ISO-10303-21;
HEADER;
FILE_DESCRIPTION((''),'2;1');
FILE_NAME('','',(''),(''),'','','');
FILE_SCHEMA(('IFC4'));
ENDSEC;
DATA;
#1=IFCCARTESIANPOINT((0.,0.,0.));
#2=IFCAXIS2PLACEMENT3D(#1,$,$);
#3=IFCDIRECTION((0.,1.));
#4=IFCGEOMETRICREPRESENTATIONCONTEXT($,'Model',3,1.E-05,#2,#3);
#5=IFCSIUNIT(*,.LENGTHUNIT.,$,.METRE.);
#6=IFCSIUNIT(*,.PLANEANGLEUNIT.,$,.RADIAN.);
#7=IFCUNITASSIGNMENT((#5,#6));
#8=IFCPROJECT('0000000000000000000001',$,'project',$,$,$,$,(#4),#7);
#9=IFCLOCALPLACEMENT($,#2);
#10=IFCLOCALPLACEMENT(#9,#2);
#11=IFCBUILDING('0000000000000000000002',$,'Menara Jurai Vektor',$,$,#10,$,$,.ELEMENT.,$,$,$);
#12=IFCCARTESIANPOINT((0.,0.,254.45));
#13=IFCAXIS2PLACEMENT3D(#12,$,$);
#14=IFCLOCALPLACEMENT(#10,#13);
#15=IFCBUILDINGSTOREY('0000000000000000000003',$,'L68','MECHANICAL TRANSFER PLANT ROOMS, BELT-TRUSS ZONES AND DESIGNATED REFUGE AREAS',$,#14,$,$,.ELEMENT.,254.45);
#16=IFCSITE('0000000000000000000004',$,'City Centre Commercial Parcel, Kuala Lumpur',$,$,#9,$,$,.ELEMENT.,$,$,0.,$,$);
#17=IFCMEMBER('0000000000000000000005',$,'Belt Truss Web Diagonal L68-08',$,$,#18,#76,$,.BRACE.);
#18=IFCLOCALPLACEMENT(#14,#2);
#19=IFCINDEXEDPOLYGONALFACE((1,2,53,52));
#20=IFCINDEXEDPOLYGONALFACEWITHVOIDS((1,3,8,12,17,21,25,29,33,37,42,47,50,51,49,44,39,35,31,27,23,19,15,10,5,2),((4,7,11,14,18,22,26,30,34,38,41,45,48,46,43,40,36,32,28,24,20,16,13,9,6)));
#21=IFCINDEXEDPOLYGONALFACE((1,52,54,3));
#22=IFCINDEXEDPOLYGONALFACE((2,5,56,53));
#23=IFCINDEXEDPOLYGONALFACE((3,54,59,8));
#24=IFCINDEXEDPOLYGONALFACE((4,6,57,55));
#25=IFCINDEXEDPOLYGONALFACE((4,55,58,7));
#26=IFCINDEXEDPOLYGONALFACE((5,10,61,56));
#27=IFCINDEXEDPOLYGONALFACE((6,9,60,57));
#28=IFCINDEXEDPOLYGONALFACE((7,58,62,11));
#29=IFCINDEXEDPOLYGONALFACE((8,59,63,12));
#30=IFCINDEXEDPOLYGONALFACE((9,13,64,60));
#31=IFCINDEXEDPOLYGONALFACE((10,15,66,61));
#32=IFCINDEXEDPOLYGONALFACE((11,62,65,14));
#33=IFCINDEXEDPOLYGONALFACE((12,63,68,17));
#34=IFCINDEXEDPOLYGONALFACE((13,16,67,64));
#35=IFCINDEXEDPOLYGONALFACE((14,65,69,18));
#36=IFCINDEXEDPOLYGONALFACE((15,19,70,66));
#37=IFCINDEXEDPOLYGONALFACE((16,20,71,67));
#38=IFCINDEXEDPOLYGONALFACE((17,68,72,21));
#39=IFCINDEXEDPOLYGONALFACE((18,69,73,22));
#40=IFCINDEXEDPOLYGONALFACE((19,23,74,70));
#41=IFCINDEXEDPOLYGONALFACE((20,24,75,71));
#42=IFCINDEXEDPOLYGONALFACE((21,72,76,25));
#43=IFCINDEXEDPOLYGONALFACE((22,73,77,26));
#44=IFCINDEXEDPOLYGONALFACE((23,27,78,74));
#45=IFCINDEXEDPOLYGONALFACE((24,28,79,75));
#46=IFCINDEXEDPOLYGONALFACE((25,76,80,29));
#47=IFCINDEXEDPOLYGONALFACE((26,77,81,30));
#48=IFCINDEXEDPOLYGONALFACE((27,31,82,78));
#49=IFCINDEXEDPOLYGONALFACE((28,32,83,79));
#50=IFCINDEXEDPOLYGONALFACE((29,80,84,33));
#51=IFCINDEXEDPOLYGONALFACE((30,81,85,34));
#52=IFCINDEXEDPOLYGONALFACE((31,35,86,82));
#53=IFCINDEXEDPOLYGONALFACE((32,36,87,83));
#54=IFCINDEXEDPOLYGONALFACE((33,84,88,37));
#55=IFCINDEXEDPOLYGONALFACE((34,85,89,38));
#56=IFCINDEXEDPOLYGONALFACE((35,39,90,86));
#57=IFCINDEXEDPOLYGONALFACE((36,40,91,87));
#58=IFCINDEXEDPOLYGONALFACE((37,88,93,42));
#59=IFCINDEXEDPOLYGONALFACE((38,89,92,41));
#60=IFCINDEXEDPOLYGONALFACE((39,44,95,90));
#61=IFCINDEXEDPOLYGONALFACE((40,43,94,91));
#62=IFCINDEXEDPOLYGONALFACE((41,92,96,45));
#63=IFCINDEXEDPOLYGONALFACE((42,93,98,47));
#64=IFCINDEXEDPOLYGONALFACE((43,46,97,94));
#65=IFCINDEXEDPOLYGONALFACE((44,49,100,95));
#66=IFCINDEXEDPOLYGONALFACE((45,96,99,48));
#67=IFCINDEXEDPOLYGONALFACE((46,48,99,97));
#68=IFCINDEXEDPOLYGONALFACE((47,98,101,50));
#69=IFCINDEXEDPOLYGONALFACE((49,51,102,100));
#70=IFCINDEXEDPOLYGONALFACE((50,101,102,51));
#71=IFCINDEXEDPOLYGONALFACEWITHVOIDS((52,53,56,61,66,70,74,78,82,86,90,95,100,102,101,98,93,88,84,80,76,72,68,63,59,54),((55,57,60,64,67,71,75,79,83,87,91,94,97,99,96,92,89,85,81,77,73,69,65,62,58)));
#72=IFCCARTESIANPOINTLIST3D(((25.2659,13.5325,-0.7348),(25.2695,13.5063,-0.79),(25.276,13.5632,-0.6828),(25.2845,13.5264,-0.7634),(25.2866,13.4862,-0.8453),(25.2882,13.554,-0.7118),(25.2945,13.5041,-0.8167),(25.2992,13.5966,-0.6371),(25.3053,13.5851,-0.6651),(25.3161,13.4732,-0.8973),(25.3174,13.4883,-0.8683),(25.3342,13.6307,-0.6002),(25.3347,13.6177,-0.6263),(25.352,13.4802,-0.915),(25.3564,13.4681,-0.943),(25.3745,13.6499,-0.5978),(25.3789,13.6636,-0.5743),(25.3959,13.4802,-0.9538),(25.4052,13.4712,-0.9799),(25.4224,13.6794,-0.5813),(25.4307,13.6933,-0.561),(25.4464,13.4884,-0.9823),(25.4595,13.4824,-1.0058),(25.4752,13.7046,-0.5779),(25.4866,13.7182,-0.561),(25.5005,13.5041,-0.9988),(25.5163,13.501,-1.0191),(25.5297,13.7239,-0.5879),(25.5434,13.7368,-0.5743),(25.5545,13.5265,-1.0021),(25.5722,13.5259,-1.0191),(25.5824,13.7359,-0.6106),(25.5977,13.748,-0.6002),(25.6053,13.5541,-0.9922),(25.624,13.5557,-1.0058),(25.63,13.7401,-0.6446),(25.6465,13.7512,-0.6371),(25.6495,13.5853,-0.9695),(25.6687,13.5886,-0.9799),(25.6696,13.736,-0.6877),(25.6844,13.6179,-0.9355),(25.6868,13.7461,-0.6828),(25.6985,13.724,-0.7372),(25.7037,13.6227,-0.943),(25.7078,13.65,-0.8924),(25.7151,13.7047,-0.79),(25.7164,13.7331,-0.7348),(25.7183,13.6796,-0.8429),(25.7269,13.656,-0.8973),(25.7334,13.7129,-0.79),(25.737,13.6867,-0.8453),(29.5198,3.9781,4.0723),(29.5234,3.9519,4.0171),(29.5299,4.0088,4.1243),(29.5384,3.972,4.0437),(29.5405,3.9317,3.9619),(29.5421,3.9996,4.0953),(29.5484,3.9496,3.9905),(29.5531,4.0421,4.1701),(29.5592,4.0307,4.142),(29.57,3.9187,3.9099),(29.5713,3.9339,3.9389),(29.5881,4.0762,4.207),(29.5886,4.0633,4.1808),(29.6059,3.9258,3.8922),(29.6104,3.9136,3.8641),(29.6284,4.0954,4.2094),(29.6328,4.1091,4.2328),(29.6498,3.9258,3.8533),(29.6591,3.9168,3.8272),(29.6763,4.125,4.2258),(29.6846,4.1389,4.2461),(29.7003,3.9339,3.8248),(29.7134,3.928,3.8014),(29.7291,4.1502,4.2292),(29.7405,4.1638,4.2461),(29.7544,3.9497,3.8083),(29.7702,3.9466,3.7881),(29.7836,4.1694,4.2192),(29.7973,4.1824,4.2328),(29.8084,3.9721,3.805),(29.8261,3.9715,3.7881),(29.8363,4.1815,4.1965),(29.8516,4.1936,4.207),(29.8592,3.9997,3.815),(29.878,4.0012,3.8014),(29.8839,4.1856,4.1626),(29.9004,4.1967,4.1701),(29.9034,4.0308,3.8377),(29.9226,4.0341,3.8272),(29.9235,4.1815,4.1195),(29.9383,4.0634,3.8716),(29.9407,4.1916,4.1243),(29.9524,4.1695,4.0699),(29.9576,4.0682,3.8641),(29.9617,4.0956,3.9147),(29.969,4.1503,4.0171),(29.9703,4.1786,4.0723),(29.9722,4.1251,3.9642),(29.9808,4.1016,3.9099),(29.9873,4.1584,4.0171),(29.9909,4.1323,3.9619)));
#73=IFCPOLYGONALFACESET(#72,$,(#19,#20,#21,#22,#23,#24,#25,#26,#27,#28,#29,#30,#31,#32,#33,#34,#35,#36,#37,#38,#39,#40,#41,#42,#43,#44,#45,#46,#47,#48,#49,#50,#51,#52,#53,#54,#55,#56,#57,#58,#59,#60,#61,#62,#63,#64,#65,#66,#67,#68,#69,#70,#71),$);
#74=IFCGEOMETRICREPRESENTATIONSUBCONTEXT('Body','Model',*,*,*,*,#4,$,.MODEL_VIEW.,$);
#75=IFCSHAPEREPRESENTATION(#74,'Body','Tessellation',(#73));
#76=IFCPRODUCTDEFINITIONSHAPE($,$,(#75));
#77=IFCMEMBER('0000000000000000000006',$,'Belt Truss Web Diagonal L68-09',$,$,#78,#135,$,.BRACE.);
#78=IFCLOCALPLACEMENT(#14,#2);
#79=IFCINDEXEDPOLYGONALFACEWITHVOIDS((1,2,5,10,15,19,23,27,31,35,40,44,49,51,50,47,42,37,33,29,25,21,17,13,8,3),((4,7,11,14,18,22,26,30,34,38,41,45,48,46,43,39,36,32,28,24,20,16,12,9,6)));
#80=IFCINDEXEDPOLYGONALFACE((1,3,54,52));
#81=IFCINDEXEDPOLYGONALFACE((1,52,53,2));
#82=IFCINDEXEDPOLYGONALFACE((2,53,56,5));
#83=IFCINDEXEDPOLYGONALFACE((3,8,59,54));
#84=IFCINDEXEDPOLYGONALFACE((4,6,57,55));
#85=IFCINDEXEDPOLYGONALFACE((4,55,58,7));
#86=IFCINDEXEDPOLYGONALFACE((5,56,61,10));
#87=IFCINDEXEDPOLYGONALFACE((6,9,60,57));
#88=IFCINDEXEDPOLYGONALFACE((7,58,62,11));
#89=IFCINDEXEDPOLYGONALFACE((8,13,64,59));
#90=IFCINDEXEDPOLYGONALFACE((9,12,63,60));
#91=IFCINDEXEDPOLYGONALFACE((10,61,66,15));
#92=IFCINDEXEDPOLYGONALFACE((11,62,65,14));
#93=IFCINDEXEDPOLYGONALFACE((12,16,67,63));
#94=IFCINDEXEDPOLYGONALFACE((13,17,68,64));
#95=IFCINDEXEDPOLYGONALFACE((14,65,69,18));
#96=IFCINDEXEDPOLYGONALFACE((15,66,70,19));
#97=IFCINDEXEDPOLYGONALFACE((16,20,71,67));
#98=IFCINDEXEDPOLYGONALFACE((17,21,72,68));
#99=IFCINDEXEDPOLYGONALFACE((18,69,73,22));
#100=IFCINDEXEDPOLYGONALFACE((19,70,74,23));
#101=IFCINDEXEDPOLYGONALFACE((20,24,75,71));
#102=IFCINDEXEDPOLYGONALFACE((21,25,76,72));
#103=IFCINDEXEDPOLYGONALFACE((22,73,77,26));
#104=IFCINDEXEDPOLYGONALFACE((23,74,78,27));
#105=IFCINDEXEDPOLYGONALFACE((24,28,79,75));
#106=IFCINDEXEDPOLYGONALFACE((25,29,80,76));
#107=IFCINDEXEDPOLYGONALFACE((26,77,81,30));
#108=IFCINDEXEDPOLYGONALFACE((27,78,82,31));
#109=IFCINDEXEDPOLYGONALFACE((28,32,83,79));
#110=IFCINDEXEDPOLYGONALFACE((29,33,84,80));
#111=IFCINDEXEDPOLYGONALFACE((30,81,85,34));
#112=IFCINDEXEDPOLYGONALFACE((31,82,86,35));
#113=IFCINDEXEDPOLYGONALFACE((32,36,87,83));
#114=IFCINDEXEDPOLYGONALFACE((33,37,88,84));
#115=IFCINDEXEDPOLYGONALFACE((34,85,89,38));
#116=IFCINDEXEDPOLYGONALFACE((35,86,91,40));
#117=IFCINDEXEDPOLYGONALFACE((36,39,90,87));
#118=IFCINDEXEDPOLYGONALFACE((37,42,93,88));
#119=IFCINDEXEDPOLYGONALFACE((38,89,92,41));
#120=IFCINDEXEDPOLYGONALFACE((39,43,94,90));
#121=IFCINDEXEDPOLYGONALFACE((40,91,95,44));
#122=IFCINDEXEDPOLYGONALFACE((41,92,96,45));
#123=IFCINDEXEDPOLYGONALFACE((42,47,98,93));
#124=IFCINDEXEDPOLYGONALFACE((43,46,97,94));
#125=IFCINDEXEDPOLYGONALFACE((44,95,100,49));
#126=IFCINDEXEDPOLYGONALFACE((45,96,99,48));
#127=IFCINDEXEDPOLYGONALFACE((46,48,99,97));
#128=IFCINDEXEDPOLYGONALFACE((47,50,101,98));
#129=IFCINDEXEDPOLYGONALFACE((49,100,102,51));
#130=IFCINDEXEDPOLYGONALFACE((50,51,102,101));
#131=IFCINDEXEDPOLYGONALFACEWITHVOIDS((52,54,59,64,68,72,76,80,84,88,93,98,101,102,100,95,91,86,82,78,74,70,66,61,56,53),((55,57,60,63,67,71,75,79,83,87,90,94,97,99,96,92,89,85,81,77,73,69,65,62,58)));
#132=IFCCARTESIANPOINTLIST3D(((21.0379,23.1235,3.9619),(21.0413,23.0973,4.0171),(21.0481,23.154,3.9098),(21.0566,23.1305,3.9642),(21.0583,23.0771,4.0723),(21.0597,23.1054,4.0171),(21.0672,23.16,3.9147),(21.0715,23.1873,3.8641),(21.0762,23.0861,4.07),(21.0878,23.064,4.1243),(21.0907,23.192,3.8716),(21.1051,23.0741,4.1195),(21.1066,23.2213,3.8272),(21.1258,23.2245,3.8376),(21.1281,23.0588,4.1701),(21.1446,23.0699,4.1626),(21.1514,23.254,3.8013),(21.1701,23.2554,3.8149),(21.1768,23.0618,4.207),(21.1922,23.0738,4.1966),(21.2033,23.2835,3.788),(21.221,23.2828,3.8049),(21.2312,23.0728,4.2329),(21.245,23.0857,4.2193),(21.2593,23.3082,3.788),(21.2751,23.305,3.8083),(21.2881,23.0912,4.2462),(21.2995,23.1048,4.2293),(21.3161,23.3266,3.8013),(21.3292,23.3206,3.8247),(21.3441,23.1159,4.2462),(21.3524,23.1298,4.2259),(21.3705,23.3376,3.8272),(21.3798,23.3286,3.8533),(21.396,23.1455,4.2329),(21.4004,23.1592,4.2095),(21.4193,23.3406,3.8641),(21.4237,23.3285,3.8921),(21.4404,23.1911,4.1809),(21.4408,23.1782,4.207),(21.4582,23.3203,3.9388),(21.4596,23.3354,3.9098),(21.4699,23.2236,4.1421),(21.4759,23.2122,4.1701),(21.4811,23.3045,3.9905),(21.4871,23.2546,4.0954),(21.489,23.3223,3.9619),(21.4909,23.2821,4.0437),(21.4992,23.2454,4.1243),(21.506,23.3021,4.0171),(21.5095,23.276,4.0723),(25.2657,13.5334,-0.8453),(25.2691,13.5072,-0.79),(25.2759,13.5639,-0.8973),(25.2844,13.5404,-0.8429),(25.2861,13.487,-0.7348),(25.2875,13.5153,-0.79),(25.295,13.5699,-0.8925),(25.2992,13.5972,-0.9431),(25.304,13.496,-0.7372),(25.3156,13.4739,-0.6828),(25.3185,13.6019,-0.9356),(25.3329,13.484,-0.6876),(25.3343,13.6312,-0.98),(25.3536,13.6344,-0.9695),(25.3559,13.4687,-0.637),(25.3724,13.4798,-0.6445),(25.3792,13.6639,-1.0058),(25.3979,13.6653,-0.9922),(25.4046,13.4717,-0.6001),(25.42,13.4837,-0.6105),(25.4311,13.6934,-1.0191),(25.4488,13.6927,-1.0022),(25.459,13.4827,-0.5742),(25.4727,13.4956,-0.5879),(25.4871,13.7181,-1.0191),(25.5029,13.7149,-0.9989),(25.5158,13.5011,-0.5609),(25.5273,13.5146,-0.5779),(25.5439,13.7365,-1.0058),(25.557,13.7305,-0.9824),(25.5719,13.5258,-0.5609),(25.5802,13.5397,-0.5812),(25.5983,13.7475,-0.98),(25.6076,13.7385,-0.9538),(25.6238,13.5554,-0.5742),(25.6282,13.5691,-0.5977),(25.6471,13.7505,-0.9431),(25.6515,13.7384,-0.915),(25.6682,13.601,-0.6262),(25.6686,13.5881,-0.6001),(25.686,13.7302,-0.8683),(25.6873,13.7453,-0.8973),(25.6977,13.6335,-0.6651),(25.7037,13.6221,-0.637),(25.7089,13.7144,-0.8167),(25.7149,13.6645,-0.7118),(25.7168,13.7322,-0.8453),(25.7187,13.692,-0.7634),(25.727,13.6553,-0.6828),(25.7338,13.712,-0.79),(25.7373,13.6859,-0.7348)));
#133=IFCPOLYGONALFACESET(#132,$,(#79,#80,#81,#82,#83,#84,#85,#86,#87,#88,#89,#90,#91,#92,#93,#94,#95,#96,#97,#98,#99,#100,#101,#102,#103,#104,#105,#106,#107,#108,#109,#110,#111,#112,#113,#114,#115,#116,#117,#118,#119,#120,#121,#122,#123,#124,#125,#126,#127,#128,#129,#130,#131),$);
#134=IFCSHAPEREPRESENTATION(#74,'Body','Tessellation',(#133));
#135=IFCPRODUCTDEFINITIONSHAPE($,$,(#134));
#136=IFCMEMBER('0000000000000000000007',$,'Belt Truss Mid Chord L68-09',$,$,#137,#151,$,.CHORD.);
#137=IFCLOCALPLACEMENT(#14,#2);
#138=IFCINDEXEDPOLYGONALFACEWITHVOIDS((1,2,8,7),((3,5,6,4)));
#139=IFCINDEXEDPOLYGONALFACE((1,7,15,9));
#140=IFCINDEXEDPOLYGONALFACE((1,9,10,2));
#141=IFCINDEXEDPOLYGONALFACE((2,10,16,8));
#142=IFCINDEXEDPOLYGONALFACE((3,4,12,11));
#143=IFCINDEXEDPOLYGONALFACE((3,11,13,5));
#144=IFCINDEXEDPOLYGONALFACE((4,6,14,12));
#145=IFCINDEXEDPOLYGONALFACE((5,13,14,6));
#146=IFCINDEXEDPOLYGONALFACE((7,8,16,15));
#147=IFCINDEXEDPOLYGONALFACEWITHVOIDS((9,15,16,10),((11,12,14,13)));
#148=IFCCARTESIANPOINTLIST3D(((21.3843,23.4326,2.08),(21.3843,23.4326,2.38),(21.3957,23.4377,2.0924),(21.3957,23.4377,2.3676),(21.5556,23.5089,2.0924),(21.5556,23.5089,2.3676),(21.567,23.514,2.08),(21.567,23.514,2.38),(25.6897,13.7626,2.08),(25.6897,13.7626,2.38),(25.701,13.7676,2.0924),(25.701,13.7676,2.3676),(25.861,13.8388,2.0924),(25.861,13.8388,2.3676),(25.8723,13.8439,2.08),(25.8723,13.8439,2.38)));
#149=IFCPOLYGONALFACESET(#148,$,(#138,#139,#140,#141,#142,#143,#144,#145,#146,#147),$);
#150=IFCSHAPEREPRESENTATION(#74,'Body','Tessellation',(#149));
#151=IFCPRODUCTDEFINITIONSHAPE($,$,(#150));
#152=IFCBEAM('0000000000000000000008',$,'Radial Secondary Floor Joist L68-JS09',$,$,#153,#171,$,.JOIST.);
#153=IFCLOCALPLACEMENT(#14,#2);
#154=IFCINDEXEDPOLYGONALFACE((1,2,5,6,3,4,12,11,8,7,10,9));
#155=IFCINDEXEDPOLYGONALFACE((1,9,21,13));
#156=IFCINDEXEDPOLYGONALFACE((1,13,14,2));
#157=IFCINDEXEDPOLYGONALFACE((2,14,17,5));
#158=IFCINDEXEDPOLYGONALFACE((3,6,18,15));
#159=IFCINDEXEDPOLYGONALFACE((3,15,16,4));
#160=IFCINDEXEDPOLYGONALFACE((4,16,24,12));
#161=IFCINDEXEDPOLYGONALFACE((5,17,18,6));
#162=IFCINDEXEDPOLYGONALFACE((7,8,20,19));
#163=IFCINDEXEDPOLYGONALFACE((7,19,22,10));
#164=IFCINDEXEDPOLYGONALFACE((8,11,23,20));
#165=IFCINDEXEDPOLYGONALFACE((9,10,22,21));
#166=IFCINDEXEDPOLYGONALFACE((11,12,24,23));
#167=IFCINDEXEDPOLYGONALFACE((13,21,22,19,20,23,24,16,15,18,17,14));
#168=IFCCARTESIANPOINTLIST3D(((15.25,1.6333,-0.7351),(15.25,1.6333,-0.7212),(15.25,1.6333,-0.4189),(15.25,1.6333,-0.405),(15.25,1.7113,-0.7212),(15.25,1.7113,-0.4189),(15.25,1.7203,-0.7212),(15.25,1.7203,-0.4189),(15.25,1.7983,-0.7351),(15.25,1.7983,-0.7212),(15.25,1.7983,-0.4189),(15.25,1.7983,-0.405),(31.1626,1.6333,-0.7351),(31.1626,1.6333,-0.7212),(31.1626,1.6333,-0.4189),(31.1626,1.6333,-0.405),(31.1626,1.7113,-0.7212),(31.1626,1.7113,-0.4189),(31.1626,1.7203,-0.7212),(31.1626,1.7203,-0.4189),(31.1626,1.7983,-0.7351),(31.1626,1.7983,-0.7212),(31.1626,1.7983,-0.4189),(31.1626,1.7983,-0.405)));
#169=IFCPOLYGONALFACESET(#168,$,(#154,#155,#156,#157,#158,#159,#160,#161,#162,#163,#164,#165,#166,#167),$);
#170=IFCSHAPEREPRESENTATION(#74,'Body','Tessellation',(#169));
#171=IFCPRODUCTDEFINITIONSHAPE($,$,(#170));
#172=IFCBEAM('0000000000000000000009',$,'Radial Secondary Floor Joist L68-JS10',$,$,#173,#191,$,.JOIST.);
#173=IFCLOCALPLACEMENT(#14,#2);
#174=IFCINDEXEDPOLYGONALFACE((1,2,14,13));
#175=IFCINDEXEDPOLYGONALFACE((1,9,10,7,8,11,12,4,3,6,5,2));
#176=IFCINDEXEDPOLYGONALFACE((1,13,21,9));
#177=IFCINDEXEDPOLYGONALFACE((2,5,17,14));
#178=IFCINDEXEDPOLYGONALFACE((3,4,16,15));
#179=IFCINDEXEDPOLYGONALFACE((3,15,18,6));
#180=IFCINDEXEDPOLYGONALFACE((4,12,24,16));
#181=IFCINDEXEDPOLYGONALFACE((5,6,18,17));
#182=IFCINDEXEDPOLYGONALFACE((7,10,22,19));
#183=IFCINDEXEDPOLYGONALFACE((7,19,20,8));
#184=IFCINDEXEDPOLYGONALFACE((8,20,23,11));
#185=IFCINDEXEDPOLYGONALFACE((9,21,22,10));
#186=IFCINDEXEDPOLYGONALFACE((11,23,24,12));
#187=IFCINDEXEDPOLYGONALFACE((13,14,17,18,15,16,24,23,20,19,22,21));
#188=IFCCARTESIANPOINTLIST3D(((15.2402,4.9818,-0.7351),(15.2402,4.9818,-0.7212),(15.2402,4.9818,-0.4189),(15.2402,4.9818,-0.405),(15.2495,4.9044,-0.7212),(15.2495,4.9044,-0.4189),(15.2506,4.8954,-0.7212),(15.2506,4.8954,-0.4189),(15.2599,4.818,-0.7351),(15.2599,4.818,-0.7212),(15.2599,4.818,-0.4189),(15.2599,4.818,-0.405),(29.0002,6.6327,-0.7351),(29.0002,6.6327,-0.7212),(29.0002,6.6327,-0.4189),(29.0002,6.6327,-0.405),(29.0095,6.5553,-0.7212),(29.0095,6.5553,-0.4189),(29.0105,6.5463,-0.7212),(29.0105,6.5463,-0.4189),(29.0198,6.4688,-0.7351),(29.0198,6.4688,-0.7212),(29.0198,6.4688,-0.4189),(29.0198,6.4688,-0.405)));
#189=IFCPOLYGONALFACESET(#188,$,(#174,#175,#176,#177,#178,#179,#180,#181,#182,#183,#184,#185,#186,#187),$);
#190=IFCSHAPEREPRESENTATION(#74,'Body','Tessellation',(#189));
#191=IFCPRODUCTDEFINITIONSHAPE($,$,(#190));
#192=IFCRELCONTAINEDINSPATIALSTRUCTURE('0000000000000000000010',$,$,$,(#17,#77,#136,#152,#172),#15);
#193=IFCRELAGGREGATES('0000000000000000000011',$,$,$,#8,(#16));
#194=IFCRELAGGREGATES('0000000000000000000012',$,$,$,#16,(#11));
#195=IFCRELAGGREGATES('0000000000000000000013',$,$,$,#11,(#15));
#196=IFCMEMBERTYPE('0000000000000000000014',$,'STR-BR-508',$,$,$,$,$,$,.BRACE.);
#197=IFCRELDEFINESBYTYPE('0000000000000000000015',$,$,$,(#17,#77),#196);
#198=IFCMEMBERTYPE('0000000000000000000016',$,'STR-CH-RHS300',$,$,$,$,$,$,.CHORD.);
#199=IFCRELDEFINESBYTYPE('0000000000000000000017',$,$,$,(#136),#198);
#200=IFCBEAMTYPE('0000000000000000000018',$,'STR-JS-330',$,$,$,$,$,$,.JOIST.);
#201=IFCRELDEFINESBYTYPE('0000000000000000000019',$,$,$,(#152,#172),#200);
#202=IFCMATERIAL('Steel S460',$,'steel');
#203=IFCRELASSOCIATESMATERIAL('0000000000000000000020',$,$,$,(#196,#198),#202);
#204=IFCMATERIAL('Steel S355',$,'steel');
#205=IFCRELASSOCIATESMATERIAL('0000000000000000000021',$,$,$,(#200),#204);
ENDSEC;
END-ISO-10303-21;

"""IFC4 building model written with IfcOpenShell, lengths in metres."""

from ifc_helpers import new_model, si_unit, direction, frame, origin, origin_2d, place, context, subcontext, project, spatial, hollow_rectangle, hollow_circle, i_section, extrude, material, material_profile, profile_set, type_object, element, save


model = new_model("IFC4")

# Units and contexts
model_context = context("Model", 3, precision=1e-05, world=origin(), true_north=direction((0.0, 1.0)))
body_context = subcontext(model_context, "Body", "Model", "MODEL_VIEW")
ifc_project = project(units=[si_unit("LENGTHUNIT", "METRE"), si_unit("PLANEANGLEUNIT", "RADIAN")], contexts=[model_context])

# Site, building, storey
site_placement = place(None, origin())
site = spatial("IfcSite", under=ifc_project, at=site_placement, Name="City Centre Commercial Parcel, Kuala Lumpur", CompositionType="ELEMENT", RefElevation=0.0)
building_placement = place(site_placement, origin())
building = spatial("IfcBuilding", under=site, at=building_placement, Name="Menara Jurai Vektor", CompositionType="ELEMENT")
storey_placement = place(building_placement, frame((0.0, 0.0, 254.45)))
storey = spatial("IfcBuildingStorey", under=building, at=storey_placement, Name="L68", Description="MECHANICAL TRANSFER PLANT ROOMS, BELT-TRUSS ZONES AND DESIGNATED REFUGE AREAS", CompositionType="ELEMENT", Elevation=254.45)

# Shared definitions
ifc_material_1 = material(Name="Steel S460", Category="steel")

# Members
ifc_material_profile_1 = material_profile(ifc_material_1, hollow_circle(Radius=0.2539, WallThickness=0.02, at=origin_2d()), Name="CHS 508x20")
ifc_profile_set_1 = profile_set([ifc_material_profile_1], Name="Steel S460")
member_type_1 = type_object("IfcMemberType", Name="STR-BR-508", PredefinedType="BRACE", material=ifc_profile_set_1)
member_1_placement = place(storey_placement, frame((25.5015, 13.6096, -0.79), z_axis=(0.369567, -0.830063, 0.41763), x_axis=(0.913546, 0.406736, 0.0)))
element("IfcMember", 1, at=member_1_placement, inside=storey, type_object=member_type_1, Name="Belt Truss Web Diagonal L68-08", PredefinedType="BRACE", context=body_context, shape_type="SweptSolid", body=[
    extrude(hollow_circle(Radius=0.2539, WallThickness=0.02, at=origin_2d()), origin(), (0.0, 0.0, 1.0), 11.5105),
])
member_2_placement = place(storey_placement, frame((25.5015, 13.6096, -0.79), z_axis=(-0.366661, 0.831715, 0.416906), x_axis=(-0.915028, -0.40339, 0.0)))
element("IfcMember", 2, at=member_2_placement, inside=storey, type_object=member_type_1, Name="Belt Truss Web Diagonal L68-09", PredefinedType="BRACE", context=body_context, shape_type="SweptSolid", body=[
    extrude(hollow_circle(Radius=0.2539, WallThickness=0.02, at=origin_2d()), origin(), (0.0, 0.0, 1.0), 11.5305),
])
ifc_material_profile_2 = material_profile(ifc_material_1, hollow_rectangle(XDim=0.2, YDim=0.3, WallThickness=0.0125, at=origin_2d()), Name="RHS 300x200x12.5")
ifc_profile_set_2 = profile_set([ifc_material_profile_2], Name="Steel S460")
member_type_2 = type_object("IfcMemberType", Name="STR-CH-RHS300", PredefinedType="CHORD", material=ifc_profile_set_2)
member_3_placement = place(storey_placement, frame((25.781, 13.8032, 2.23), z_axis=(-0.406735, 0.913546, 0.0), x_axis=(-0.913546, -0.406735, 0.0)))
element("IfcMember", 3, at=member_3_placement, inside=storey, type_object=member_type_2, Name="Belt Truss Mid Chord L68-09", PredefinedType="CHORD", context=body_context, shape_type="SweptSolid", body=[
    extrude(hollow_rectangle(XDim=0.2, YDim=0.3, WallThickness=0.0125, at=origin_2d()), origin(), (0.0, 0.0, 1.0), 10.5852),
])

# Beams
ifc_material_2 = material(Name="Steel S355", Category="steel")
ifc_material_profile_3 = material_profile(ifc_material_2, i_section(OverallWidth=0.165, OverallDepth=0.3301, WebThickness=0.009, FlangeThickness=0.0139, at=origin_2d()), Name="PG 330x165x46")
ifc_profile_set_3 = profile_set([ifc_material_profile_3], Name="Steel S355")
beam_type_1 = type_object("IfcBeamType", Name="STR-JS-330", PredefinedType="JOIST", material=ifc_profile_set_3)
beam_1_placement = place(storey_placement, frame((31.1626, 1.7158, -0.5701), z_axis=(-1.0, 0.0, 0.0), x_axis=(0.0, -1.0, 0.0)))
element("IfcBeam", 4, at=beam_1_placement, inside=storey, type_object=beam_type_1, Name="Radial Secondary Floor Joist L68-JS09", PredefinedType="JOIST", context=body_context, shape_type="SweptSolid", body=[
    extrude(i_section(OverallWidth=0.165, OverallDepth=0.3301, WebThickness=0.009, FlangeThickness=0.0139, at=origin_2d()), origin(), (0.0, 0.0, 1.0), 15.9126),
])
beam_2_placement = place(storey_placement, frame((29.01, 6.5508, -0.5701), z_axis=(-0.99288, -0.119122, 0.0), x_axis=(0.119122, -0.99288, 0.0)))
element("IfcBeam", 5, at=beam_2_placement, inside=storey, type_object=beam_type_1, Name="Radial Secondary Floor Joist L68-JS10", PredefinedType="JOIST", context=body_context, shape_type="SweptSolid", body=[
    extrude(i_section(OverallWidth=0.165, OverallDepth=0.3301, WebThickness=0.009, FlangeThickness=0.0139, at=origin_2d()), origin(), (0.0, 0.0, 1.0), 13.8586),
])

save(model, "model.ifc")
